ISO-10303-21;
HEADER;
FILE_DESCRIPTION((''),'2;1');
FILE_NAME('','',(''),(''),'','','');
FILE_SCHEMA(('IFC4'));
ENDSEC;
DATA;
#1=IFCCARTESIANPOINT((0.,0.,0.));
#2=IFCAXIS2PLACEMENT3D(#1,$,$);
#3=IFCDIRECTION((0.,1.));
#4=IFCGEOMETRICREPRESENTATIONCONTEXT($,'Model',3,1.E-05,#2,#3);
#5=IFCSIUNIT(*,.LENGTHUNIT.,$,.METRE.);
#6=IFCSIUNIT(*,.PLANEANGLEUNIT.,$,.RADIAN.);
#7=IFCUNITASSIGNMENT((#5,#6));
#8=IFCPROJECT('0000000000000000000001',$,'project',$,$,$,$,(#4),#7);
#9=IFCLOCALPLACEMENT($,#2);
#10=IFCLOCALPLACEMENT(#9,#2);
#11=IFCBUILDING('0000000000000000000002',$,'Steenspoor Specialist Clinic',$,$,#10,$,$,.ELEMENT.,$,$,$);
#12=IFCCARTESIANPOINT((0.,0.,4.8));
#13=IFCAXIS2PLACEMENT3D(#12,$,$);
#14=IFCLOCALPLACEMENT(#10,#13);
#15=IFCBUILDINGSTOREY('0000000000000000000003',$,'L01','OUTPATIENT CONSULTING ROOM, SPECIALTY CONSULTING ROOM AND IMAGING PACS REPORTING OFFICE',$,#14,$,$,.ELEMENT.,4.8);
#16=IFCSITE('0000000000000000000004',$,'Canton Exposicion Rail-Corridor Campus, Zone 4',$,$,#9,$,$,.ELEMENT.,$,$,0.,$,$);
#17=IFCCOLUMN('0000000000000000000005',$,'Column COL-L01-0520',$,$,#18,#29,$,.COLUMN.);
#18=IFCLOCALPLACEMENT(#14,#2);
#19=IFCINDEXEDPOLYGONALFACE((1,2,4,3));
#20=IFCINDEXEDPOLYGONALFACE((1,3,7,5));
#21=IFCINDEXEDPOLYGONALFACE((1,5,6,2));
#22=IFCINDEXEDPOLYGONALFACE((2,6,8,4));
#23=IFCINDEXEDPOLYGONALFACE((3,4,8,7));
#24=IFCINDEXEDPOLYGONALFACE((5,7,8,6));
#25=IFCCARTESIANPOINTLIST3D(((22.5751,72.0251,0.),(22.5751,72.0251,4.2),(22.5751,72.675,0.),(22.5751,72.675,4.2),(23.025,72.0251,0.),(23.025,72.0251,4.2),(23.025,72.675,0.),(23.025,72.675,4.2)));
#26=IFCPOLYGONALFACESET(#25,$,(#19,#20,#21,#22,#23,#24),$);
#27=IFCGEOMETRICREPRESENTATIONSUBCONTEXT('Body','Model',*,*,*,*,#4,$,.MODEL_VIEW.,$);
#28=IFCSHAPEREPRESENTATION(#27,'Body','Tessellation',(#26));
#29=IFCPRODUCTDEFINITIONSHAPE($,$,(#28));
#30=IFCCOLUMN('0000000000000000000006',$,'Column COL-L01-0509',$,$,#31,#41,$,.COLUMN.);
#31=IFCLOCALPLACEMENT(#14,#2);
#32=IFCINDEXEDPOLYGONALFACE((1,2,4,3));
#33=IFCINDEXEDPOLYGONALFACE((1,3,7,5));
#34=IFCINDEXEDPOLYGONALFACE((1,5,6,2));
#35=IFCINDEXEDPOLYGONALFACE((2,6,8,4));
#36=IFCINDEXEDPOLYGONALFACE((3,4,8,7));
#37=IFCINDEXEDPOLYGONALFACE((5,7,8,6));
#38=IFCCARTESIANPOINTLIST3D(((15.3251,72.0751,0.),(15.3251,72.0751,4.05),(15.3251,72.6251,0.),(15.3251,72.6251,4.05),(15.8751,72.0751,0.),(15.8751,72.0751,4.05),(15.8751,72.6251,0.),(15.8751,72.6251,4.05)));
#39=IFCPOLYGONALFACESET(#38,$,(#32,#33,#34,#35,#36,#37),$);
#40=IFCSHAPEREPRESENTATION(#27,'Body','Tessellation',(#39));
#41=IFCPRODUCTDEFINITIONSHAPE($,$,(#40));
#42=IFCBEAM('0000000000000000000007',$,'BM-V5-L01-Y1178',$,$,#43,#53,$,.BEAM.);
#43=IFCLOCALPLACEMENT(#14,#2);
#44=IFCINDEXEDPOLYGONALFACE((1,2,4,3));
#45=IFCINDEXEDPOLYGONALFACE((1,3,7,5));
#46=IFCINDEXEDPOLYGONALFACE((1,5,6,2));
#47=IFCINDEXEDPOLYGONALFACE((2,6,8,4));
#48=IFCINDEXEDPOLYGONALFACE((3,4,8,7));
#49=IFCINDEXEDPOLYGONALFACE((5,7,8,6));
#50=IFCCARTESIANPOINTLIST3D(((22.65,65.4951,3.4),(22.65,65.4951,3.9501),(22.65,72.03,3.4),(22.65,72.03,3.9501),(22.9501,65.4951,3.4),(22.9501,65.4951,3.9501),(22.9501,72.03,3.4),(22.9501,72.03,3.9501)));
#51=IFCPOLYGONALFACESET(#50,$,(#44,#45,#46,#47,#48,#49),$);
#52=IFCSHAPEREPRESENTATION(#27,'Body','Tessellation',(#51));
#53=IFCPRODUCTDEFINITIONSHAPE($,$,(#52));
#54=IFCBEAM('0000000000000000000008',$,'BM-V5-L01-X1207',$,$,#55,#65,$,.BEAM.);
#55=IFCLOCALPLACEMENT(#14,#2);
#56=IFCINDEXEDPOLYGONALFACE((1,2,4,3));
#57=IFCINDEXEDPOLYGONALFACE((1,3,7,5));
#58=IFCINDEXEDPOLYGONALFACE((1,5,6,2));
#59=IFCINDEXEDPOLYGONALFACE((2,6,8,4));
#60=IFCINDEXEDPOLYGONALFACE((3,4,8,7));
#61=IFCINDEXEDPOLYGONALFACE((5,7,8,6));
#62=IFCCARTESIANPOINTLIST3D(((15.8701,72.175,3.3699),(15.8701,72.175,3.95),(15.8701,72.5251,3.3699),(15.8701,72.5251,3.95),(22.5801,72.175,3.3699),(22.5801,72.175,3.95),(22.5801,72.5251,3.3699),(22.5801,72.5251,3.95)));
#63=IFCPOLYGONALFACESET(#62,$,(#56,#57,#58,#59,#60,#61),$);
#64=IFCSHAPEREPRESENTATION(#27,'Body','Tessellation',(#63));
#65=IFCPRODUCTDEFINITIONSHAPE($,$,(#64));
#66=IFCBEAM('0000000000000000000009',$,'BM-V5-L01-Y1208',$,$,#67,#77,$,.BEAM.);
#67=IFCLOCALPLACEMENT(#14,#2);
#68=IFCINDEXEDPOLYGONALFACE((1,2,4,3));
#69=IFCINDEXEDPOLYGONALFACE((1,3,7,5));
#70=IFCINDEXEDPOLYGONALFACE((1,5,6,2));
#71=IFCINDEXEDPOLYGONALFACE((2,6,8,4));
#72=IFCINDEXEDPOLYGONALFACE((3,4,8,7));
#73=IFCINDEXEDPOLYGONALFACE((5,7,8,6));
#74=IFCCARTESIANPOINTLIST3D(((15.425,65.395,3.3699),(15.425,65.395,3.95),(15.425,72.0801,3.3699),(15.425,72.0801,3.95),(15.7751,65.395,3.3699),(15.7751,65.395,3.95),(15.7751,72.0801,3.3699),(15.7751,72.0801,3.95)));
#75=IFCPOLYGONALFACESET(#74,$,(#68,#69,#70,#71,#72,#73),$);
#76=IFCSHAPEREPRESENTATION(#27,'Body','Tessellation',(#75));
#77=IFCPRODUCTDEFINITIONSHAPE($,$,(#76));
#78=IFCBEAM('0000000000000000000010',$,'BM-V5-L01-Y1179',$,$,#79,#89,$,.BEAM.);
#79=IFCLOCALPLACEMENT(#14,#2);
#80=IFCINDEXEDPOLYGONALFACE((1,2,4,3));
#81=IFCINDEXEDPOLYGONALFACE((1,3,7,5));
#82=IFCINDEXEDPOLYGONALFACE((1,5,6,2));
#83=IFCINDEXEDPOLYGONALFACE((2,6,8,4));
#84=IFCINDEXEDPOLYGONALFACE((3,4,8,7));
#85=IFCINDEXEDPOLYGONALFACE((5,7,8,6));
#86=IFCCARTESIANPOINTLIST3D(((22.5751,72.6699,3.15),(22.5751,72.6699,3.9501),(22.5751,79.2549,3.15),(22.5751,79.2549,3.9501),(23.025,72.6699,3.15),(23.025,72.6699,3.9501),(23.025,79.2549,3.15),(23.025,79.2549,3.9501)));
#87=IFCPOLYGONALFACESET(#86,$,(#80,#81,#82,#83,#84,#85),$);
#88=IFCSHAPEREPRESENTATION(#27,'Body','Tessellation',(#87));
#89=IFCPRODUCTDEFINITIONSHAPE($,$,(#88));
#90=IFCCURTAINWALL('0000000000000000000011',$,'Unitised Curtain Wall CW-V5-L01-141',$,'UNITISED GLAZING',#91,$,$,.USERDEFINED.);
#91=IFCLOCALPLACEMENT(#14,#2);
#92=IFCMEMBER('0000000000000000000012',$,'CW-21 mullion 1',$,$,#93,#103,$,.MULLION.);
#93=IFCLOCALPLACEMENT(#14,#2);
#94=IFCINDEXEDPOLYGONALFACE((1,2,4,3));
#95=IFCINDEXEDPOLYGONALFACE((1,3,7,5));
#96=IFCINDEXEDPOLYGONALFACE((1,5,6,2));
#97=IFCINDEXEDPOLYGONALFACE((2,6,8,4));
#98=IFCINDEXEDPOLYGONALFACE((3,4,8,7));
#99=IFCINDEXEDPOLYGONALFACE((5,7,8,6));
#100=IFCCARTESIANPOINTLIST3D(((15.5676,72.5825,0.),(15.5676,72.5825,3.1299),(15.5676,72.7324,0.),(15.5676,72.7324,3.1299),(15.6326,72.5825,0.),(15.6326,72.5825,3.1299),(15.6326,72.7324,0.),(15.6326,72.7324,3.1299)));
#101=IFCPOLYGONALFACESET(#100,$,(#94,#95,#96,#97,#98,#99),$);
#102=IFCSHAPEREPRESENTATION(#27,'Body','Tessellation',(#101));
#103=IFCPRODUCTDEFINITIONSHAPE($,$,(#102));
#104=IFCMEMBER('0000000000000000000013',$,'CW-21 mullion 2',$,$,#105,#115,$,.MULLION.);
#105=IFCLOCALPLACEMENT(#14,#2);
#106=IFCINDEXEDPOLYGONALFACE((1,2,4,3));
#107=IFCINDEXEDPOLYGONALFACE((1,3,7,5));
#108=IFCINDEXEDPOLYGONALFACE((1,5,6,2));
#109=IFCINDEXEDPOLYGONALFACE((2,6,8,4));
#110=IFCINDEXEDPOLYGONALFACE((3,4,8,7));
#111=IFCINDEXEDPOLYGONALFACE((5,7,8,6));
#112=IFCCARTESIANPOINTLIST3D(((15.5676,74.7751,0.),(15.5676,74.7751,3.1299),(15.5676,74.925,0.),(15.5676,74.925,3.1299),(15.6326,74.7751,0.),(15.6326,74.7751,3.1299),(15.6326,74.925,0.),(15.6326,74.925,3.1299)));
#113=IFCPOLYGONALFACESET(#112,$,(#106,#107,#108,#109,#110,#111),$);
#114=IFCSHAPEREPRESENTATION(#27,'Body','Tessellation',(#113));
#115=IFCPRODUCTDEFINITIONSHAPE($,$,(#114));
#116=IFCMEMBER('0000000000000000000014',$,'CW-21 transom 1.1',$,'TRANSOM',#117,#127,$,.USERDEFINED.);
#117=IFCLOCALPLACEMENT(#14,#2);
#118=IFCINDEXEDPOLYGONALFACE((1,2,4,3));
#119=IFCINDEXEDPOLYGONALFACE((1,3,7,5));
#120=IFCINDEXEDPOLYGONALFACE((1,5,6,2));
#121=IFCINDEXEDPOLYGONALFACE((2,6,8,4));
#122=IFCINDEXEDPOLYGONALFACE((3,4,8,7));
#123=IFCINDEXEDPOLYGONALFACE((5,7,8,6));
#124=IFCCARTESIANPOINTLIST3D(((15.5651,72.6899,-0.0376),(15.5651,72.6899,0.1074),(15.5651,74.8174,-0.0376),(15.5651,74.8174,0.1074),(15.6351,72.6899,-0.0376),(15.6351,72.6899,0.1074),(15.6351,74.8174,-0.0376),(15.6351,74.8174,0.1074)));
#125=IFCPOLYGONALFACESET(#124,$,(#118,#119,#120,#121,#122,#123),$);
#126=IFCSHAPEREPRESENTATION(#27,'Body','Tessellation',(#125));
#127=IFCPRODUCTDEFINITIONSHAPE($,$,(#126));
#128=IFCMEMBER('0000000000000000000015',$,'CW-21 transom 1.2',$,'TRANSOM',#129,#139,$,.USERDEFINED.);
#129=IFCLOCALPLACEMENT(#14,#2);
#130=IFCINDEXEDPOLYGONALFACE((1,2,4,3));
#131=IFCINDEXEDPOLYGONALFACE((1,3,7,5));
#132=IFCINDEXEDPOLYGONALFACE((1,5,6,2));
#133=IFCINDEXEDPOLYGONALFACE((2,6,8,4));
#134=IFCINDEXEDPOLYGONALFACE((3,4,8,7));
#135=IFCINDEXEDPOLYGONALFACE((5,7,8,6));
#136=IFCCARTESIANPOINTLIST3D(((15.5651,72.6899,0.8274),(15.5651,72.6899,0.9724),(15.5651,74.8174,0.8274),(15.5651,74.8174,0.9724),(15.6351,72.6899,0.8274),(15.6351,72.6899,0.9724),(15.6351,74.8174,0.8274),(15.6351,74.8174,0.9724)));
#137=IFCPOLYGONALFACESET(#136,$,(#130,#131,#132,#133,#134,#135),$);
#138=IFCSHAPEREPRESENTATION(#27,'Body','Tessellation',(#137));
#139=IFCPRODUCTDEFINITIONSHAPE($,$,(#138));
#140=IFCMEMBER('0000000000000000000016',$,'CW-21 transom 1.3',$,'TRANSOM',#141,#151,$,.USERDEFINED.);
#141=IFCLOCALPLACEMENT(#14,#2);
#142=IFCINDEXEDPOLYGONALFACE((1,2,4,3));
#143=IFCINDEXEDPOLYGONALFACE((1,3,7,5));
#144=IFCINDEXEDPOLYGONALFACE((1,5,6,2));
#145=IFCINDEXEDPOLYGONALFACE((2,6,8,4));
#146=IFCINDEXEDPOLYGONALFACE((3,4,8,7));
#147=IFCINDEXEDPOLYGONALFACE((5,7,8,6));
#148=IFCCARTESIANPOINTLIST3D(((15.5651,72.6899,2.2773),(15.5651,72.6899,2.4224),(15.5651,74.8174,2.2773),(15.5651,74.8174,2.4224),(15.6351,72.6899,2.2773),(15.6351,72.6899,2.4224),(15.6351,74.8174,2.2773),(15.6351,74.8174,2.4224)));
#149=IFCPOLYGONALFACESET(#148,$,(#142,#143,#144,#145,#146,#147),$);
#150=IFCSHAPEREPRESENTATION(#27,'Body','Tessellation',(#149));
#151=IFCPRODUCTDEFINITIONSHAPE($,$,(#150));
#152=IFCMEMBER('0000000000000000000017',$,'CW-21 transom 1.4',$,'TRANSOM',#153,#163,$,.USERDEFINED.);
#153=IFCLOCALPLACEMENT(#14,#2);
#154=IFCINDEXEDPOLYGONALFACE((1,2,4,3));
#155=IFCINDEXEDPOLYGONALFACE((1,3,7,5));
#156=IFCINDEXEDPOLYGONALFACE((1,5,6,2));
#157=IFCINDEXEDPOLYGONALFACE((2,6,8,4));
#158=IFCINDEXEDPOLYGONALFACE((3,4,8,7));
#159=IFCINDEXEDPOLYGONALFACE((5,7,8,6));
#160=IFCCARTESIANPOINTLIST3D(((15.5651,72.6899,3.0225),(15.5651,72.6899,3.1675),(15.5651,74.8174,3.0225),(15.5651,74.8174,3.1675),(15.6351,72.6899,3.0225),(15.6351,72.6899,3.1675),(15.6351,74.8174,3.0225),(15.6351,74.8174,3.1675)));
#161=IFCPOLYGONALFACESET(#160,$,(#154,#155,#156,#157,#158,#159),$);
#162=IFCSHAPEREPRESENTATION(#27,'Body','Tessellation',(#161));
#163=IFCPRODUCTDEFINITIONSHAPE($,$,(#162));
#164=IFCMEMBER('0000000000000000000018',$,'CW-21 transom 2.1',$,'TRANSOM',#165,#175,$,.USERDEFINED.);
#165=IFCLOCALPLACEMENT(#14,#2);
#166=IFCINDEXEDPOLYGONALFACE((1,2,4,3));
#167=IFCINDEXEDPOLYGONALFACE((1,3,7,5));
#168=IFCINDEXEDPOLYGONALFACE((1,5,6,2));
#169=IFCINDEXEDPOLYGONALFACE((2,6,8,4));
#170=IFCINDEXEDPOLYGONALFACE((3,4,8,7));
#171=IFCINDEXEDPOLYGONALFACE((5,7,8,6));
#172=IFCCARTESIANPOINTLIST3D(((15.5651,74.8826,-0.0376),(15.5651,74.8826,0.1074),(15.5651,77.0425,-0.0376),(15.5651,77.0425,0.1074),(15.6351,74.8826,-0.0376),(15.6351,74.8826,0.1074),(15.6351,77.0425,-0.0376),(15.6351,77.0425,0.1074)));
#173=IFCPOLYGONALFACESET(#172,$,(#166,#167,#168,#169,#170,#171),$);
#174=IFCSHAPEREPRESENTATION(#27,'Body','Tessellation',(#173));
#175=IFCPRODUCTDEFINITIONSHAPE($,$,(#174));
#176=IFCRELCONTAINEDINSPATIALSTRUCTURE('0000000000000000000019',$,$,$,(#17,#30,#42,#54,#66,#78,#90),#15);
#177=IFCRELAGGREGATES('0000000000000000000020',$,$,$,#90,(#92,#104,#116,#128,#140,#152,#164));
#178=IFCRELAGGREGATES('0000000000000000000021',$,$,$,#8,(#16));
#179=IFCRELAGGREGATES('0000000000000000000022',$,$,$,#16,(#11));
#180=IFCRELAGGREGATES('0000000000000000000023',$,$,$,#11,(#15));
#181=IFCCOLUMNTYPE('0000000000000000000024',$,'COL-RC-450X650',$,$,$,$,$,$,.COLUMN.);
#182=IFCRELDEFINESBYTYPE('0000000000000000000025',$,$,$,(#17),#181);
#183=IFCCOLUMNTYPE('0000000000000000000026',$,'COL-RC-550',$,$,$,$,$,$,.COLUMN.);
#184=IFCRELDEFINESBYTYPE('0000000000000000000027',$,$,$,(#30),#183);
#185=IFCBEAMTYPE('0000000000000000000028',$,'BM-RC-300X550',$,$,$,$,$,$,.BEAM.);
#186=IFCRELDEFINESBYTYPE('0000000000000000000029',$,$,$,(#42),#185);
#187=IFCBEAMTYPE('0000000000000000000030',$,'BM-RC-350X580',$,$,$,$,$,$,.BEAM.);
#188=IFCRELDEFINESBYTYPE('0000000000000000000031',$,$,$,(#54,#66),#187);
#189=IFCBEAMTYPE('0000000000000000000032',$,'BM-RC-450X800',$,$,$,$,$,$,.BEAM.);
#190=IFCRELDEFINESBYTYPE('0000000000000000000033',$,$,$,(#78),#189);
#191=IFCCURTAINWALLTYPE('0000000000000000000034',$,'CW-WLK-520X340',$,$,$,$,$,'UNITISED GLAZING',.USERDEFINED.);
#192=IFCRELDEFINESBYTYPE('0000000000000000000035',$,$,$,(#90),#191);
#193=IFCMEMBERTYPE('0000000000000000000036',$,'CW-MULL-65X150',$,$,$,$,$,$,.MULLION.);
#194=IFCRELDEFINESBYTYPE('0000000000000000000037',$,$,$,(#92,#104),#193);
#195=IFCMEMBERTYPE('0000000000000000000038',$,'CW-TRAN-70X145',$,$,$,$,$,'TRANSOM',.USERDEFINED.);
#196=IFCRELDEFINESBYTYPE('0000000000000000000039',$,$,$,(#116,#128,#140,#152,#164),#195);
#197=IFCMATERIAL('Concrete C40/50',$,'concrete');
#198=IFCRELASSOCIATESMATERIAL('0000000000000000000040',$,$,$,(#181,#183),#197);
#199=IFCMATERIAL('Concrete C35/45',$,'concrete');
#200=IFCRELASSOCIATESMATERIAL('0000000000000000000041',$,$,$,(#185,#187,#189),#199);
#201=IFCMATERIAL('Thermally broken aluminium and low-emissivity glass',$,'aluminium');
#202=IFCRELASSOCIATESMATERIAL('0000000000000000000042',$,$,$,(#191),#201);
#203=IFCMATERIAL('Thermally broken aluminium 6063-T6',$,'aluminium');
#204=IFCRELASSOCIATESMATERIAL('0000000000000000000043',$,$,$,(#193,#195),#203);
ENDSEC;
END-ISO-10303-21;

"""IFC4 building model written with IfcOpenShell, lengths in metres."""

from ifc_helpers import new_model, si_unit, direction, frame, origin, origin_2d, place, context, subcontext, project, spatial, rectangle, extrude, material, material_profile, profile_set, type_object, element, aggregate, save


model = new_model("IFC4")

# Units and contexts
model_context = context("Model", 3, precision=1e-05, world=origin(), true_north=direction((0.0, 1.0)))
body_context = subcontext(model_context, "Body", "Model", "MODEL_VIEW")
ifc_project = project(units=[si_unit("LENGTHUNIT", "METRE"), si_unit("PLANEANGLEUNIT", "RADIAN")], contexts=[model_context])

# Site, building, storey
site_placement = place(None, origin())
site = spatial("IfcSite", under=ifc_project, at=site_placement, Name="Canton Exposicion Rail-Corridor Campus, Zone 4", CompositionType="ELEMENT", RefElevation=0.0)
building_placement = place(site_placement, origin())
building = spatial("IfcBuilding", under=site, at=building_placement, Name="Steenspoor Specialist Clinic", CompositionType="ELEMENT")
storey_placement = place(building_placement, frame((0.0, 0.0, 4.8)))
storey = spatial("IfcBuildingStorey", under=building, at=storey_placement, Name="L01", Description="OUTPATIENT CONSULTING ROOM, SPECIALTY CONSULTING ROOM AND IMAGING PACS REPORTING OFFICE", CompositionType="ELEMENT", Elevation=4.8)

# Columns
ifc_material_1 = material(Name="Concrete C40/50", Category="concrete")
ifc_material_profile_1 = material_profile(ifc_material_1, rectangle(XDim=0.45, YDim=0.6499, at=origin_2d()), Name="RC-COL-450X650")
ifc_profile_set_1 = profile_set([ifc_material_profile_1], Name="Concrete C40/50")
column_type_1 = type_object("IfcColumnType", Name="COL-RC-450X650", PredefinedType="COLUMN", material=ifc_profile_set_1)
column_1_placement = place(storey_placement, frame((22.8, 72.3501, 0.0), z_axis=(0.0, 0.0, 1.0), x_axis=(1.0, 0.0, 0.0)))
element("IfcColumn", 1, at=column_1_placement, inside=storey, type_object=column_type_1, Name="Column COL-L01-0520", PredefinedType="COLUMN", context=body_context, shape_type="SweptSolid", body=[
    extrude(rectangle(XDim=0.45, YDim=0.6499, at=origin_2d()), origin(), (0.0, 0.0, 1.0), 4.2),
])
ifc_material_profile_2 = material_profile(ifc_material_1, rectangle(XDim=0.55, YDim=0.55, at=origin_2d()), Name="RC-COL-550X550")
ifc_profile_set_2 = profile_set([ifc_material_profile_2], Name="Concrete C40/50")
column_type_2 = type_object("IfcColumnType", Name="COL-RC-550", PredefinedType="COLUMN", material=ifc_profile_set_2)
column_2_placement = place(storey_placement, frame((15.6001, 72.3501, 0.0), z_axis=(0.0, 0.0, 1.0), x_axis=(1.0, 0.0, 0.0)))
element("IfcColumn", 2, at=column_2_placement, inside=storey, type_object=column_type_2, Name="Column COL-L01-0509", PredefinedType="COLUMN", context=body_context, shape_type="SweptSolid", body=[
    extrude(rectangle(XDim=0.55, YDim=0.55, at=origin_2d()), origin(), (0.0, 0.0, 1.0), 4.05),
])

# Beams
ifc_material_2 = material(Name="Concrete C35/45", Category="concrete")
ifc_material_profile_3 = material_profile(ifc_material_2, rectangle(XDim=0.3, YDim=0.55, at=origin_2d()), Name="RC-BM-300X550")
ifc_profile_set_3 = profile_set([ifc_material_profile_3], Name="Concrete C35/45")
beam_type_1 = type_object("IfcBeamType", Name="BM-RC-300X550", PredefinedType="BEAM", material=ifc_profile_set_3)
beam_1_placement = place(storey_placement, frame((22.8, 65.4951, 3.675), z_axis=(0.0, 1.0, 0.0), x_axis=(-1.0, 0.0, 0.0)))
element("IfcBeam", 3, at=beam_1_placement, inside=storey, type_object=beam_type_1, Name="BM-V5-L01-Y1178", PredefinedType="BEAM", context=body_context, shape_type="SweptSolid", body=[
    extrude(rectangle(XDim=0.3, YDim=0.55, at=origin_2d()), origin(), (0.0, 0.0, 1.0), 6.5349),
])
ifc_material_profile_4 = material_profile(ifc_material_2, rectangle(XDim=0.3501, YDim=0.5801, at=origin_2d()), Name="RC-BM-350X580")
ifc_profile_set_4 = profile_set([ifc_material_profile_4], Name="Concrete C35/45")
beam_type_2 = type_object("IfcBeamType", Name="BM-RC-350X580", PredefinedType="BEAM", material=ifc_profile_set_4)
beam_2_placement = place(storey_placement, frame((15.8701, 72.3501, 3.6599), z_axis=(1.0, 0.0, 0.0), x_axis=(0.0, 1.0, 0.0)))
element("IfcBeam", 4, at=beam_2_placement, inside=storey, type_object=beam_type_2, Name="BM-V5-L01-X1207", PredefinedType="BEAM", context=body_context, shape_type="SweptSolid", body=[
    extrude(rectangle(XDim=0.3501, YDim=0.5801, at=origin_2d()), origin(), (0.0, 0.0, 1.0), 6.71),
])
beam_3_placement = place(storey_placement, frame((15.6001, 65.395, 3.6599), z_axis=(0.0, 1.0, 0.0), x_axis=(-1.0, 0.0, 0.0)))
element("IfcBeam", 5, at=beam_3_placement, inside=storey, type_object=beam_type_2, Name="BM-V5-L01-Y1208", PredefinedType="BEAM", context=body_context, shape_type="SweptSolid", body=[
    extrude(rectangle(XDim=0.3501, YDim=0.5801, at=origin_2d()), origin(), (0.0, 0.0, 1.0), 6.6851),
])
ifc_material_profile_5 = material_profile(ifc_material_2, rectangle(XDim=0.45, YDim=0.8, at=origin_2d()), Name="RC-BM-450X800")
ifc_profile_set_5 = profile_set([ifc_material_profile_5], Name="Concrete C35/45")
beam_type_3 = type_object("IfcBeamType", Name="BM-RC-450X800", PredefinedType="BEAM", material=ifc_profile_set_5)
beam_4_placement = place(storey_placement, frame((22.8, 72.6699, 3.55), z_axis=(0.0, 1.0, 0.0), x_axis=(-1.0, 0.0, 0.0)))
element("IfcBeam", 6, at=beam_4_placement, inside=storey, type_object=beam_type_3, Name="BM-V5-L01-Y1179", PredefinedType="BEAM", context=body_context, shape_type="SweptSolid", body=[
    extrude(rectangle(XDim=0.45, YDim=0.8, at=origin_2d()), origin(), (0.0, 0.0, 1.0), 6.585),
])

# Curtain wall, members
ifc_material_3 = material(Name="Thermally broken aluminium and low-emissivity glass", Category="aluminium")
curtain_wall_type = type_object("IfcCurtainWallType", Name="CW-WLK-520X340", ElementType="UNITISED GLAZING", PredefinedType="USERDEFINED", material=ifc_material_3)
curtain_wall_placement = place(storey_placement, origin())
curtain_wall = element("IfcCurtainWall", 7, at=curtain_wall_placement, inside=storey, type_object=curtain_wall_type, Name="Unitised Curtain Wall CW-V5-L01-141", ObjectType="UNITISED GLAZING", PredefinedType="USERDEFINED")
ifc_material_4 = material(Name="Thermally broken aluminium 6063-T6", Category="aluminium")
ifc_material_profile_6 = material_profile(ifc_material_4, rectangle(XDim=0.0649, YDim=0.1499, at=origin_2d()), Name="CWM-65X150")
ifc_profile_set_6 = profile_set([ifc_material_profile_6], Name="Thermally broken aluminium 6063-T6")
member_type_1 = type_object("IfcMemberType", Name="CW-MULL-65X150", PredefinedType="MULLION", material=ifc_profile_set_6)
member_1_placement = place(storey_placement, frame((15.6001, 72.6575, 0.0), z_axis=(0.0, 0.0, 1.0), x_axis=(-1.0, 0.0, 0.0)))
member_1 = element("IfcMember", 8, at=member_1_placement, type_object=member_type_1, Name="CW-21 mullion 1", PredefinedType="MULLION", context=body_context, shape_type="SweptSolid", body=[
    extrude(rectangle(XDim=0.0649, YDim=0.1499, at=origin_2d()), origin(), (0.0, 0.0, 1.0), 3.1299),
])
member_2_placement = place(storey_placement, frame((15.6001, 74.8501, 0.0), z_axis=(0.0, 0.0, 1.0), x_axis=(-1.0, 0.0, 0.0)))
member_2 = element("IfcMember", 9, at=member_2_placement, type_object=member_type_1, Name="CW-21 mullion 2", PredefinedType="MULLION", context=body_context, shape_type="SweptSolid", body=[
    extrude(rectangle(XDim=0.0649, YDim=0.1499, at=origin_2d()), origin(), (0.0, 0.0, 1.0), 3.1299),
])
ifc_material_profile_7 = material_profile(ifc_material_4, rectangle(XDim=0.0701, YDim=0.145, at=origin_2d()), Name="CWT-70X145")
ifc_profile_set_7 = profile_set([ifc_material_profile_7], Name="Thermally broken aluminium 6063-T6")
member_type_2 = type_object("IfcMemberType", Name="CW-TRAN-70X145", ElementType="TRANSOM", PredefinedType="USERDEFINED", material=ifc_profile_set_7)
member_3_placement = place(storey_placement, frame((15.6001, 72.6899, 0.0349), z_axis=(0.0, 1.0, 0.0), x_axis=(-1.0, 0.0, 0.0)))
member_3 = element("IfcMember", 10, at=member_3_placement, type_object=member_type_2, Name="CW-21 transom 1.1", ObjectType="TRANSOM", PredefinedType="USERDEFINED", context=body_context, shape_type="SweptSolid", body=[
    extrude(rectangle(XDim=0.0701, YDim=0.145, at=origin_2d()), origin(), (0.0, 0.0, 1.0), 2.1274),
])
member_4_placement = place(storey_placement, frame((15.6001, 72.6899, 0.8999), z_axis=(0.0, 1.0, 0.0), x_axis=(-1.0, 0.0, 0.0)))
member_4 = element("IfcMember", 11, at=member_4_placement, type_object=member_type_2, Name="CW-21 transom 1.2", ObjectType="TRANSOM", PredefinedType="USERDEFINED", context=body_context, shape_type="SweptSolid", body=[
    extrude(rectangle(XDim=0.0701, YDim=0.145, at=origin_2d()), origin(), (0.0, 0.0, 1.0), 2.1274),
])
member_5_placement = place(storey_placement, frame((15.6001, 72.6899, 2.3499), z_axis=(0.0, 1.0, 0.0), x_axis=(-1.0, 0.0, 0.0)))
member_5 = element("IfcMember", 12, at=member_5_placement, type_object=member_type_2, Name="CW-21 transom 1.3", ObjectType="TRANSOM", PredefinedType="USERDEFINED", context=body_context, shape_type="SweptSolid", body=[
    extrude(rectangle(XDim=0.0701, YDim=0.145, at=origin_2d()), origin(), (0.0, 0.0, 1.0), 2.1274),
])
member_6_placement = place(storey_placement, frame((15.6001, 72.6899, 3.095), z_axis=(0.0, 1.0, 0.0), x_axis=(-1.0, 0.0, 0.0)))
member_6 = element("IfcMember", 13, at=member_6_placement, type_object=member_type_2, Name="CW-21 transom 1.4", ObjectType="TRANSOM", PredefinedType="USERDEFINED", context=body_context, shape_type="SweptSolid", body=[
    extrude(rectangle(XDim=0.0701, YDim=0.145, at=origin_2d()), origin(), (0.0, 0.0, 1.0), 2.1274),
])
member_7_placement = place(storey_placement, frame((15.6001, 74.8826, 0.0349), z_axis=(0.0, 1.0, 0.0), x_axis=(-1.0, 0.0, 0.0)))
member_7 = element("IfcMember", 14, at=member_7_placement, type_object=member_type_2, Name="CW-21 transom 2.1", ObjectType="TRANSOM", PredefinedType="USERDEFINED", context=body_context, shape_type="SweptSolid", body=[
    extrude(rectangle(XDim=0.0701, YDim=0.145, at=origin_2d()), origin(), (0.0, 0.0, 1.0), 2.1599),
])

aggregate(curtain_wall, [member_1, member_2, member_3, member_4, member_5, member_6, member_7])

save(model, "model.ifc")
